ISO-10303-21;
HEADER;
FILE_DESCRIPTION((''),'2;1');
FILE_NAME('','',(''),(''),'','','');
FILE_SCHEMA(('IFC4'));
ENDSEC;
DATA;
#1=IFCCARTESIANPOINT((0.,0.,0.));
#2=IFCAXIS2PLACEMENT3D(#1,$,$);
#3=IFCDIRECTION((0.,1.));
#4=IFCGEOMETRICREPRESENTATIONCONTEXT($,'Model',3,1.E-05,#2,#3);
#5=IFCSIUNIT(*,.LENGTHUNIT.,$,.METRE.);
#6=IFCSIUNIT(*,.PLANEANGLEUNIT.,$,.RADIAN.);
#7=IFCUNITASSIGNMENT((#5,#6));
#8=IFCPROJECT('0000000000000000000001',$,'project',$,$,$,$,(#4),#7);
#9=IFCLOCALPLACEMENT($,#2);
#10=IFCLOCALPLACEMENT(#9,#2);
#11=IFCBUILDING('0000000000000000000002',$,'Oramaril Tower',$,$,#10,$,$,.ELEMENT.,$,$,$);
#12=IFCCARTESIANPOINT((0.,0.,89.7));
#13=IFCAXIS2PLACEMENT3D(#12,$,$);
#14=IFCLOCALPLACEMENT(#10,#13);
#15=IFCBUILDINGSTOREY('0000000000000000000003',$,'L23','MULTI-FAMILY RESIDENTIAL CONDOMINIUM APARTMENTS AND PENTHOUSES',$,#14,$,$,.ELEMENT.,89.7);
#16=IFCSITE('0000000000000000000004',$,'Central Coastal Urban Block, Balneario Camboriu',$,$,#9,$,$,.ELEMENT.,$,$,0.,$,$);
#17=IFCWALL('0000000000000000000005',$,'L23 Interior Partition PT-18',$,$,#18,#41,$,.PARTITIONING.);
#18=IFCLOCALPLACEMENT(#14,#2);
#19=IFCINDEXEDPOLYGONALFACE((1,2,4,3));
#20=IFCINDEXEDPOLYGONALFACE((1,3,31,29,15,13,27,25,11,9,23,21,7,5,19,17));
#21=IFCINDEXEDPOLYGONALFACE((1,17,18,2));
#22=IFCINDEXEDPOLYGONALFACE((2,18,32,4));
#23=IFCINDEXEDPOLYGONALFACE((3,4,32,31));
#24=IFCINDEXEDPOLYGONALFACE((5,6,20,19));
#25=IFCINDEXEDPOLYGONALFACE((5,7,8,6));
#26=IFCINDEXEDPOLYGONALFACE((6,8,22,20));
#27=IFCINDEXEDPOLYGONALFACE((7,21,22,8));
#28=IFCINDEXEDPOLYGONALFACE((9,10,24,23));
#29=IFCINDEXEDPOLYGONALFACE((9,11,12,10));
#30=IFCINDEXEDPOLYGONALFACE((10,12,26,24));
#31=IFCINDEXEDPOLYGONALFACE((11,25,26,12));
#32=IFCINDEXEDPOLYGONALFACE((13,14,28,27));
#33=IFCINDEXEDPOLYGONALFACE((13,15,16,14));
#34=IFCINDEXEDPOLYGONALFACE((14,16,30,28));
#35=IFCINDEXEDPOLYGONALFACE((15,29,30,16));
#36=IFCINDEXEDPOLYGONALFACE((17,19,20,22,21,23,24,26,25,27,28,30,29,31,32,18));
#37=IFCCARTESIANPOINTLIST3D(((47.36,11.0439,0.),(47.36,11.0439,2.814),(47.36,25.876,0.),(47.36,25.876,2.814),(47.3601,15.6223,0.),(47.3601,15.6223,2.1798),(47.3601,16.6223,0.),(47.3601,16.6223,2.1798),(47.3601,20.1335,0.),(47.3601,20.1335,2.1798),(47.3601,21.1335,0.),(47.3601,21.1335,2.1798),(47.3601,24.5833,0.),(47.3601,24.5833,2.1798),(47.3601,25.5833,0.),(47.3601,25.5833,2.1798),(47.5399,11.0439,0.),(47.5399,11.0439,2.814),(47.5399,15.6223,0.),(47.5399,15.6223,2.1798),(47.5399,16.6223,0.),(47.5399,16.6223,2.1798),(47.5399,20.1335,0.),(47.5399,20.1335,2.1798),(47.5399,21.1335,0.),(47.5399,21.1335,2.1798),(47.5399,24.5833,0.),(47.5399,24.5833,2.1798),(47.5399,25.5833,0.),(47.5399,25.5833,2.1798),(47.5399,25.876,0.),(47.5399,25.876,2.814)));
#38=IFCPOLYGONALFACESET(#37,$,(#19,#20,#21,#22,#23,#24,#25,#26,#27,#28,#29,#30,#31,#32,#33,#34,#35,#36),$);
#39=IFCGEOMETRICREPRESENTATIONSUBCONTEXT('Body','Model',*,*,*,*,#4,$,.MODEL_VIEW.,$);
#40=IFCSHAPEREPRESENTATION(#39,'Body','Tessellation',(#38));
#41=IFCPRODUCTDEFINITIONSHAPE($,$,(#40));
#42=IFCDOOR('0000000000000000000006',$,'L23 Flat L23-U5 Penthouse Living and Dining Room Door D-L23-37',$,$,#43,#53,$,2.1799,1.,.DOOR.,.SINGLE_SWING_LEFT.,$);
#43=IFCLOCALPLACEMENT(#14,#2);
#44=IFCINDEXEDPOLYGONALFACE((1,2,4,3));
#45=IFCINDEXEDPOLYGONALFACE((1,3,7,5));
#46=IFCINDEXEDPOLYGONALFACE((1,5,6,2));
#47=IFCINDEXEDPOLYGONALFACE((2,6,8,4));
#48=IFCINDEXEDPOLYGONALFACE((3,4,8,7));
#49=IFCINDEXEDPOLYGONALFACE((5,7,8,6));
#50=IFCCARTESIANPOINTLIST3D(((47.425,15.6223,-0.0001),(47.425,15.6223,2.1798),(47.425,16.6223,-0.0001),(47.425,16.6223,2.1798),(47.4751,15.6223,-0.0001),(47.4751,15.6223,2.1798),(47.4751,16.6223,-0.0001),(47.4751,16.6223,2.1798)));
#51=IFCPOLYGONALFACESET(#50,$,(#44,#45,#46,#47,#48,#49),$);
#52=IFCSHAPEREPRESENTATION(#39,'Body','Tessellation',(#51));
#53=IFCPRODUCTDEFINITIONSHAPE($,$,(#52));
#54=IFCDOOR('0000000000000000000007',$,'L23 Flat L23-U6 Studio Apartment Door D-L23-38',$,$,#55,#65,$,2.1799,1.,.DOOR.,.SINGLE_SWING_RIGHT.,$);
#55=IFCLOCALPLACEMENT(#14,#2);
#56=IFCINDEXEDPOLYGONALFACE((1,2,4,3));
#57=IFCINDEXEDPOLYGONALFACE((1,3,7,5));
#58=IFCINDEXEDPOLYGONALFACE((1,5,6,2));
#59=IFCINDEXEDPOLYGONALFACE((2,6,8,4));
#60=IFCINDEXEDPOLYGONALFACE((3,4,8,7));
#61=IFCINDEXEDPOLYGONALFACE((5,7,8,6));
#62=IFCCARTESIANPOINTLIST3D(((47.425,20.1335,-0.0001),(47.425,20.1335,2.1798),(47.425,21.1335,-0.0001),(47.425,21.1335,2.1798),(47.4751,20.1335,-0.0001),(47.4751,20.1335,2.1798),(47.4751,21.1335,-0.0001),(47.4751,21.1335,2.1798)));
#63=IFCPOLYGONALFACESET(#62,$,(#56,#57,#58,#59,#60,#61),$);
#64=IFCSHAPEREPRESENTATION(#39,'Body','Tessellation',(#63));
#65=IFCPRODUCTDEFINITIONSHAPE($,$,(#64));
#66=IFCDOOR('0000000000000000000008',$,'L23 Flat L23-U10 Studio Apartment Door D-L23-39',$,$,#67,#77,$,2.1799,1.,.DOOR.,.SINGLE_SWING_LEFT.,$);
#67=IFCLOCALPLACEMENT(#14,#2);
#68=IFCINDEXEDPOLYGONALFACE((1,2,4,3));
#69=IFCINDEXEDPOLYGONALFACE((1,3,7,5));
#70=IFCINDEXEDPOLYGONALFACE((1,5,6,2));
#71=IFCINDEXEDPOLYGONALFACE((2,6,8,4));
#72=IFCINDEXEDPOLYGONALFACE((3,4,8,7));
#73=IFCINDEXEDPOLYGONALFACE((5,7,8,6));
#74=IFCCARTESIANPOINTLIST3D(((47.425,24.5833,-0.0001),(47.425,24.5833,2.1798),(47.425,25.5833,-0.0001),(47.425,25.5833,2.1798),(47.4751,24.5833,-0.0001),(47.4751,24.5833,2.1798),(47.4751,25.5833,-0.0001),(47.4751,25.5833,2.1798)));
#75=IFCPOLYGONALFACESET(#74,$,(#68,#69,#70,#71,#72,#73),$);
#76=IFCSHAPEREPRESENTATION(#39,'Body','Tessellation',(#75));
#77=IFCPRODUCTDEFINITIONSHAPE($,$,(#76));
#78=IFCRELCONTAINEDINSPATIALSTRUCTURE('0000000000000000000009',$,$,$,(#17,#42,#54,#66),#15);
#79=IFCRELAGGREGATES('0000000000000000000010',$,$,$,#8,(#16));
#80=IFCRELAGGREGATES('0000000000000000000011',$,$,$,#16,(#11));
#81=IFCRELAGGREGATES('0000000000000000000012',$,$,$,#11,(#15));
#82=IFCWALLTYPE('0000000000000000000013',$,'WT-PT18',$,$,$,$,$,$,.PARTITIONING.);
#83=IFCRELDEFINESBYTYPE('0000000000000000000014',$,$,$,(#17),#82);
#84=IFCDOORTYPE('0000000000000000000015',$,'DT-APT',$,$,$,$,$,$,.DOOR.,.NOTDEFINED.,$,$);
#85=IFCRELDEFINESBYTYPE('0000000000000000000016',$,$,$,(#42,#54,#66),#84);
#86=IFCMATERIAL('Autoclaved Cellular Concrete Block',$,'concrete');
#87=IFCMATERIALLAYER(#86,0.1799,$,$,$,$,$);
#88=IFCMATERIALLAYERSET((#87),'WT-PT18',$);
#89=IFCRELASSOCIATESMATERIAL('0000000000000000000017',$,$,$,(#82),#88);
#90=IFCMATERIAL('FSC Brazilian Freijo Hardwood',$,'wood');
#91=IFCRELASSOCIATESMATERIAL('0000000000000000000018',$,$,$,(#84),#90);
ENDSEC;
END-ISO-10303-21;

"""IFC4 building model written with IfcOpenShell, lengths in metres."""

from ifc_helpers import new_model, si_unit, direction, frame, frame_2d, origin, place, context, subcontext, project, spatial, rectangle, extrude, material, layer, layer_set, type_object, element, fill, save


model = new_model("IFC4")

# Units and contexts
model_context = context("Model", 3, precision=1e-05, world=origin(), true_north=direction((0.0, 1.0)))
body_context = subcontext(model_context, "Body", "Model", "MODEL_VIEW")
ifc_project = project(units=[si_unit("LENGTHUNIT", "METRE"), si_unit("PLANEANGLEUNIT", "RADIAN")], contexts=[model_context])

# Site, building, storey
site_placement = place(None, origin())
site = spatial("IfcSite", under=ifc_project, at=site_placement, Name="Central Coastal Urban Block, Balneario Camboriu", CompositionType="ELEMENT", RefElevation=0.0)
building_placement = place(site_placement, origin())
building = spatial("IfcBuilding", under=site, at=building_placement, Name="Oramaril Tower", CompositionType="ELEMENT")
storey_placement = place(building_placement, frame((0.0, 0.0, 89.7)))
storey = spatial("IfcBuildingStorey", under=building, at=storey_placement, Name="L23", Description="MULTI-FAMILY RESIDENTIAL CONDOMINIUM APARTMENTS AND PENTHOUSES", CompositionType="ELEMENT", Elevation=89.7)

# Shared definitions
ifc_material_1 = material(Name="Autoclaved Cellular Concrete Block", Category="concrete")
ifc_layer_1 = layer(ifc_material_1, 0.1799)
ifc_layer_set_1 = layer_set([ifc_layer_1], Name="WT-PT18")
wall_type_1 = type_object("IfcWallType", Name="WT-PT18", PredefinedType="PARTITIONING", material=ifc_layer_set_1)

# Wall, openings, doors
wall_1_placement = place(storey_placement, frame((47.45, 11.0439, 0.0), z_axis=(0.0, 0.0, 1.0), x_axis=(0.0, 1.0, 0.0)))
wall_1 = element("IfcWall", 1, at=wall_1_placement, inside=storey, type_object=wall_type_1, Name="L23 Interior Partition PT-18", PredefinedType="PARTITIONING", context=body_context, shape_type="SweptSolid", body=[
    extrude(rectangle(XDim=14.832, YDim=0.1799, at=frame_2d((7.416, 0.0))), origin(), (0.0, 0.0, 1.0), 2.814),
])
opening_1_placement = place(wall_1_placement, frame((4.5784, 0.0, 0.0)))
opening_1 = element("IfcOpeningElement", 2, at=opening_1_placement, cuts=wall_1, PredefinedType="OPENING", context=body_context, shape_type="SweptSolid", body=[
    extrude(rectangle(XDim=1.0, YDim=2.1799, at=frame_2d((0.5, 1.0898))), frame((0.0, 0.0898, 0.0), z_axis=(0.0, -1.0, 0.0), x_axis=(1.0, 0.0, 0.0)), (0.0, 0.0, 1.0), 0.1799),
])
opening_2_placement = place(wall_1_placement, frame((9.0896, 0.0, 0.0)))
opening_2 = element("IfcOpeningElement", 3, at=opening_2_placement, cuts=wall_1, PredefinedType="OPENING", context=body_context, shape_type="SweptSolid", body=[
    extrude(rectangle(XDim=1.0, YDim=2.1799, at=frame_2d((0.5, 1.0898))), frame((0.0, 0.0898, 0.0), z_axis=(0.0, -1.0, 0.0), x_axis=(1.0, 0.0, 0.0)), (0.0, 0.0, 1.0), 0.1799),
])
opening_3_placement = place(wall_1_placement, frame((13.5393, 0.0, 0.0)))
opening_3 = element("IfcOpeningElement", 4, at=opening_3_placement, cuts=wall_1, PredefinedType="OPENING", context=body_context, shape_type="SweptSolid", body=[
    extrude(rectangle(XDim=1.0, YDim=2.1799, at=frame_2d((0.5, 1.0898))), frame((0.0, 0.0898, 0.0), z_axis=(0.0, -1.0, 0.0), x_axis=(1.0, 0.0, 0.0)), (0.0, 0.0, 1.0), 0.1799),
])
ifc_material_2 = material(Name="FSC Brazilian Freijo Hardwood", Category="wood")
door_type_1 = type_object("IfcDoorType", Name="DT-APT", OperationType="NOTDEFINED", PredefinedType="DOOR", material=ifc_material_2)
door_1_placement = place(opening_1_placement, origin())
door_1 = element("IfcDoor", 5, at=door_1_placement, inside=storey, type_object=door_type_1, Name="L23 Flat L23-U5 Penthouse Living and Dining Room Door D-L23-37", OperationType="SINGLE_SWING_LEFT", OverallHeight=2.1799, OverallWidth=1.0, PredefinedType="DOOR", context=body_context, shape_type="SweptSolid", body=[
    extrude(rectangle(XDim=1.0, YDim=2.1799, at=frame_2d((0.5, 1.0898))), frame((0.0, 0.0249, 0.0), z_axis=(0.0, -1.0, 0.0), x_axis=(1.0, 0.0, 0.0)), (0.0, 0.0, 1.0), 0.05),
])
fill(opening_1, door_1)
door_2_placement = place(opening_2_placement, origin())
door_2 = element("IfcDoor", 6, at=door_2_placement, inside=storey, type_object=door_type_1, Name="L23 Flat L23-U6 Studio Apartment Door D-L23-38", OperationType="SINGLE_SWING_RIGHT", OverallHeight=2.1799, OverallWidth=1.0, PredefinedType="DOOR", context=body_context, shape_type="SweptSolid", body=[
    extrude(rectangle(XDim=1.0, YDim=2.1799, at=frame_2d((0.5, 1.0898))), frame((0.0, 0.0249, 0.0), z_axis=(0.0, -1.0, 0.0), x_axis=(1.0, 0.0, 0.0)), (0.0, 0.0, 1.0), 0.05),
])
fill(opening_2, door_2)
door_3_placement = place(opening_3_placement, origin())
door_3 = element("IfcDoor", 7, at=door_3_placement, inside=storey, type_object=door_type_1, Name="L23 Flat L23-U10 Studio Apartment Door D-L23-39", OperationType="SINGLE_SWING_LEFT", OverallHeight=2.1799, OverallWidth=1.0, PredefinedType="DOOR", context=body_context, shape_type="SweptSolid", body=[
    extrude(rectangle(XDim=1.0, YDim=2.1799, at=frame_2d((0.5, 1.0898))), frame((0.0, 0.0249, 0.0), z_axis=(0.0, -1.0, 0.0), x_axis=(1.0, 0.0, 0.0)), (0.0, 0.0, 1.0), 0.05),
])
fill(opening_3, door_3)

save(model, "model.ifc")
